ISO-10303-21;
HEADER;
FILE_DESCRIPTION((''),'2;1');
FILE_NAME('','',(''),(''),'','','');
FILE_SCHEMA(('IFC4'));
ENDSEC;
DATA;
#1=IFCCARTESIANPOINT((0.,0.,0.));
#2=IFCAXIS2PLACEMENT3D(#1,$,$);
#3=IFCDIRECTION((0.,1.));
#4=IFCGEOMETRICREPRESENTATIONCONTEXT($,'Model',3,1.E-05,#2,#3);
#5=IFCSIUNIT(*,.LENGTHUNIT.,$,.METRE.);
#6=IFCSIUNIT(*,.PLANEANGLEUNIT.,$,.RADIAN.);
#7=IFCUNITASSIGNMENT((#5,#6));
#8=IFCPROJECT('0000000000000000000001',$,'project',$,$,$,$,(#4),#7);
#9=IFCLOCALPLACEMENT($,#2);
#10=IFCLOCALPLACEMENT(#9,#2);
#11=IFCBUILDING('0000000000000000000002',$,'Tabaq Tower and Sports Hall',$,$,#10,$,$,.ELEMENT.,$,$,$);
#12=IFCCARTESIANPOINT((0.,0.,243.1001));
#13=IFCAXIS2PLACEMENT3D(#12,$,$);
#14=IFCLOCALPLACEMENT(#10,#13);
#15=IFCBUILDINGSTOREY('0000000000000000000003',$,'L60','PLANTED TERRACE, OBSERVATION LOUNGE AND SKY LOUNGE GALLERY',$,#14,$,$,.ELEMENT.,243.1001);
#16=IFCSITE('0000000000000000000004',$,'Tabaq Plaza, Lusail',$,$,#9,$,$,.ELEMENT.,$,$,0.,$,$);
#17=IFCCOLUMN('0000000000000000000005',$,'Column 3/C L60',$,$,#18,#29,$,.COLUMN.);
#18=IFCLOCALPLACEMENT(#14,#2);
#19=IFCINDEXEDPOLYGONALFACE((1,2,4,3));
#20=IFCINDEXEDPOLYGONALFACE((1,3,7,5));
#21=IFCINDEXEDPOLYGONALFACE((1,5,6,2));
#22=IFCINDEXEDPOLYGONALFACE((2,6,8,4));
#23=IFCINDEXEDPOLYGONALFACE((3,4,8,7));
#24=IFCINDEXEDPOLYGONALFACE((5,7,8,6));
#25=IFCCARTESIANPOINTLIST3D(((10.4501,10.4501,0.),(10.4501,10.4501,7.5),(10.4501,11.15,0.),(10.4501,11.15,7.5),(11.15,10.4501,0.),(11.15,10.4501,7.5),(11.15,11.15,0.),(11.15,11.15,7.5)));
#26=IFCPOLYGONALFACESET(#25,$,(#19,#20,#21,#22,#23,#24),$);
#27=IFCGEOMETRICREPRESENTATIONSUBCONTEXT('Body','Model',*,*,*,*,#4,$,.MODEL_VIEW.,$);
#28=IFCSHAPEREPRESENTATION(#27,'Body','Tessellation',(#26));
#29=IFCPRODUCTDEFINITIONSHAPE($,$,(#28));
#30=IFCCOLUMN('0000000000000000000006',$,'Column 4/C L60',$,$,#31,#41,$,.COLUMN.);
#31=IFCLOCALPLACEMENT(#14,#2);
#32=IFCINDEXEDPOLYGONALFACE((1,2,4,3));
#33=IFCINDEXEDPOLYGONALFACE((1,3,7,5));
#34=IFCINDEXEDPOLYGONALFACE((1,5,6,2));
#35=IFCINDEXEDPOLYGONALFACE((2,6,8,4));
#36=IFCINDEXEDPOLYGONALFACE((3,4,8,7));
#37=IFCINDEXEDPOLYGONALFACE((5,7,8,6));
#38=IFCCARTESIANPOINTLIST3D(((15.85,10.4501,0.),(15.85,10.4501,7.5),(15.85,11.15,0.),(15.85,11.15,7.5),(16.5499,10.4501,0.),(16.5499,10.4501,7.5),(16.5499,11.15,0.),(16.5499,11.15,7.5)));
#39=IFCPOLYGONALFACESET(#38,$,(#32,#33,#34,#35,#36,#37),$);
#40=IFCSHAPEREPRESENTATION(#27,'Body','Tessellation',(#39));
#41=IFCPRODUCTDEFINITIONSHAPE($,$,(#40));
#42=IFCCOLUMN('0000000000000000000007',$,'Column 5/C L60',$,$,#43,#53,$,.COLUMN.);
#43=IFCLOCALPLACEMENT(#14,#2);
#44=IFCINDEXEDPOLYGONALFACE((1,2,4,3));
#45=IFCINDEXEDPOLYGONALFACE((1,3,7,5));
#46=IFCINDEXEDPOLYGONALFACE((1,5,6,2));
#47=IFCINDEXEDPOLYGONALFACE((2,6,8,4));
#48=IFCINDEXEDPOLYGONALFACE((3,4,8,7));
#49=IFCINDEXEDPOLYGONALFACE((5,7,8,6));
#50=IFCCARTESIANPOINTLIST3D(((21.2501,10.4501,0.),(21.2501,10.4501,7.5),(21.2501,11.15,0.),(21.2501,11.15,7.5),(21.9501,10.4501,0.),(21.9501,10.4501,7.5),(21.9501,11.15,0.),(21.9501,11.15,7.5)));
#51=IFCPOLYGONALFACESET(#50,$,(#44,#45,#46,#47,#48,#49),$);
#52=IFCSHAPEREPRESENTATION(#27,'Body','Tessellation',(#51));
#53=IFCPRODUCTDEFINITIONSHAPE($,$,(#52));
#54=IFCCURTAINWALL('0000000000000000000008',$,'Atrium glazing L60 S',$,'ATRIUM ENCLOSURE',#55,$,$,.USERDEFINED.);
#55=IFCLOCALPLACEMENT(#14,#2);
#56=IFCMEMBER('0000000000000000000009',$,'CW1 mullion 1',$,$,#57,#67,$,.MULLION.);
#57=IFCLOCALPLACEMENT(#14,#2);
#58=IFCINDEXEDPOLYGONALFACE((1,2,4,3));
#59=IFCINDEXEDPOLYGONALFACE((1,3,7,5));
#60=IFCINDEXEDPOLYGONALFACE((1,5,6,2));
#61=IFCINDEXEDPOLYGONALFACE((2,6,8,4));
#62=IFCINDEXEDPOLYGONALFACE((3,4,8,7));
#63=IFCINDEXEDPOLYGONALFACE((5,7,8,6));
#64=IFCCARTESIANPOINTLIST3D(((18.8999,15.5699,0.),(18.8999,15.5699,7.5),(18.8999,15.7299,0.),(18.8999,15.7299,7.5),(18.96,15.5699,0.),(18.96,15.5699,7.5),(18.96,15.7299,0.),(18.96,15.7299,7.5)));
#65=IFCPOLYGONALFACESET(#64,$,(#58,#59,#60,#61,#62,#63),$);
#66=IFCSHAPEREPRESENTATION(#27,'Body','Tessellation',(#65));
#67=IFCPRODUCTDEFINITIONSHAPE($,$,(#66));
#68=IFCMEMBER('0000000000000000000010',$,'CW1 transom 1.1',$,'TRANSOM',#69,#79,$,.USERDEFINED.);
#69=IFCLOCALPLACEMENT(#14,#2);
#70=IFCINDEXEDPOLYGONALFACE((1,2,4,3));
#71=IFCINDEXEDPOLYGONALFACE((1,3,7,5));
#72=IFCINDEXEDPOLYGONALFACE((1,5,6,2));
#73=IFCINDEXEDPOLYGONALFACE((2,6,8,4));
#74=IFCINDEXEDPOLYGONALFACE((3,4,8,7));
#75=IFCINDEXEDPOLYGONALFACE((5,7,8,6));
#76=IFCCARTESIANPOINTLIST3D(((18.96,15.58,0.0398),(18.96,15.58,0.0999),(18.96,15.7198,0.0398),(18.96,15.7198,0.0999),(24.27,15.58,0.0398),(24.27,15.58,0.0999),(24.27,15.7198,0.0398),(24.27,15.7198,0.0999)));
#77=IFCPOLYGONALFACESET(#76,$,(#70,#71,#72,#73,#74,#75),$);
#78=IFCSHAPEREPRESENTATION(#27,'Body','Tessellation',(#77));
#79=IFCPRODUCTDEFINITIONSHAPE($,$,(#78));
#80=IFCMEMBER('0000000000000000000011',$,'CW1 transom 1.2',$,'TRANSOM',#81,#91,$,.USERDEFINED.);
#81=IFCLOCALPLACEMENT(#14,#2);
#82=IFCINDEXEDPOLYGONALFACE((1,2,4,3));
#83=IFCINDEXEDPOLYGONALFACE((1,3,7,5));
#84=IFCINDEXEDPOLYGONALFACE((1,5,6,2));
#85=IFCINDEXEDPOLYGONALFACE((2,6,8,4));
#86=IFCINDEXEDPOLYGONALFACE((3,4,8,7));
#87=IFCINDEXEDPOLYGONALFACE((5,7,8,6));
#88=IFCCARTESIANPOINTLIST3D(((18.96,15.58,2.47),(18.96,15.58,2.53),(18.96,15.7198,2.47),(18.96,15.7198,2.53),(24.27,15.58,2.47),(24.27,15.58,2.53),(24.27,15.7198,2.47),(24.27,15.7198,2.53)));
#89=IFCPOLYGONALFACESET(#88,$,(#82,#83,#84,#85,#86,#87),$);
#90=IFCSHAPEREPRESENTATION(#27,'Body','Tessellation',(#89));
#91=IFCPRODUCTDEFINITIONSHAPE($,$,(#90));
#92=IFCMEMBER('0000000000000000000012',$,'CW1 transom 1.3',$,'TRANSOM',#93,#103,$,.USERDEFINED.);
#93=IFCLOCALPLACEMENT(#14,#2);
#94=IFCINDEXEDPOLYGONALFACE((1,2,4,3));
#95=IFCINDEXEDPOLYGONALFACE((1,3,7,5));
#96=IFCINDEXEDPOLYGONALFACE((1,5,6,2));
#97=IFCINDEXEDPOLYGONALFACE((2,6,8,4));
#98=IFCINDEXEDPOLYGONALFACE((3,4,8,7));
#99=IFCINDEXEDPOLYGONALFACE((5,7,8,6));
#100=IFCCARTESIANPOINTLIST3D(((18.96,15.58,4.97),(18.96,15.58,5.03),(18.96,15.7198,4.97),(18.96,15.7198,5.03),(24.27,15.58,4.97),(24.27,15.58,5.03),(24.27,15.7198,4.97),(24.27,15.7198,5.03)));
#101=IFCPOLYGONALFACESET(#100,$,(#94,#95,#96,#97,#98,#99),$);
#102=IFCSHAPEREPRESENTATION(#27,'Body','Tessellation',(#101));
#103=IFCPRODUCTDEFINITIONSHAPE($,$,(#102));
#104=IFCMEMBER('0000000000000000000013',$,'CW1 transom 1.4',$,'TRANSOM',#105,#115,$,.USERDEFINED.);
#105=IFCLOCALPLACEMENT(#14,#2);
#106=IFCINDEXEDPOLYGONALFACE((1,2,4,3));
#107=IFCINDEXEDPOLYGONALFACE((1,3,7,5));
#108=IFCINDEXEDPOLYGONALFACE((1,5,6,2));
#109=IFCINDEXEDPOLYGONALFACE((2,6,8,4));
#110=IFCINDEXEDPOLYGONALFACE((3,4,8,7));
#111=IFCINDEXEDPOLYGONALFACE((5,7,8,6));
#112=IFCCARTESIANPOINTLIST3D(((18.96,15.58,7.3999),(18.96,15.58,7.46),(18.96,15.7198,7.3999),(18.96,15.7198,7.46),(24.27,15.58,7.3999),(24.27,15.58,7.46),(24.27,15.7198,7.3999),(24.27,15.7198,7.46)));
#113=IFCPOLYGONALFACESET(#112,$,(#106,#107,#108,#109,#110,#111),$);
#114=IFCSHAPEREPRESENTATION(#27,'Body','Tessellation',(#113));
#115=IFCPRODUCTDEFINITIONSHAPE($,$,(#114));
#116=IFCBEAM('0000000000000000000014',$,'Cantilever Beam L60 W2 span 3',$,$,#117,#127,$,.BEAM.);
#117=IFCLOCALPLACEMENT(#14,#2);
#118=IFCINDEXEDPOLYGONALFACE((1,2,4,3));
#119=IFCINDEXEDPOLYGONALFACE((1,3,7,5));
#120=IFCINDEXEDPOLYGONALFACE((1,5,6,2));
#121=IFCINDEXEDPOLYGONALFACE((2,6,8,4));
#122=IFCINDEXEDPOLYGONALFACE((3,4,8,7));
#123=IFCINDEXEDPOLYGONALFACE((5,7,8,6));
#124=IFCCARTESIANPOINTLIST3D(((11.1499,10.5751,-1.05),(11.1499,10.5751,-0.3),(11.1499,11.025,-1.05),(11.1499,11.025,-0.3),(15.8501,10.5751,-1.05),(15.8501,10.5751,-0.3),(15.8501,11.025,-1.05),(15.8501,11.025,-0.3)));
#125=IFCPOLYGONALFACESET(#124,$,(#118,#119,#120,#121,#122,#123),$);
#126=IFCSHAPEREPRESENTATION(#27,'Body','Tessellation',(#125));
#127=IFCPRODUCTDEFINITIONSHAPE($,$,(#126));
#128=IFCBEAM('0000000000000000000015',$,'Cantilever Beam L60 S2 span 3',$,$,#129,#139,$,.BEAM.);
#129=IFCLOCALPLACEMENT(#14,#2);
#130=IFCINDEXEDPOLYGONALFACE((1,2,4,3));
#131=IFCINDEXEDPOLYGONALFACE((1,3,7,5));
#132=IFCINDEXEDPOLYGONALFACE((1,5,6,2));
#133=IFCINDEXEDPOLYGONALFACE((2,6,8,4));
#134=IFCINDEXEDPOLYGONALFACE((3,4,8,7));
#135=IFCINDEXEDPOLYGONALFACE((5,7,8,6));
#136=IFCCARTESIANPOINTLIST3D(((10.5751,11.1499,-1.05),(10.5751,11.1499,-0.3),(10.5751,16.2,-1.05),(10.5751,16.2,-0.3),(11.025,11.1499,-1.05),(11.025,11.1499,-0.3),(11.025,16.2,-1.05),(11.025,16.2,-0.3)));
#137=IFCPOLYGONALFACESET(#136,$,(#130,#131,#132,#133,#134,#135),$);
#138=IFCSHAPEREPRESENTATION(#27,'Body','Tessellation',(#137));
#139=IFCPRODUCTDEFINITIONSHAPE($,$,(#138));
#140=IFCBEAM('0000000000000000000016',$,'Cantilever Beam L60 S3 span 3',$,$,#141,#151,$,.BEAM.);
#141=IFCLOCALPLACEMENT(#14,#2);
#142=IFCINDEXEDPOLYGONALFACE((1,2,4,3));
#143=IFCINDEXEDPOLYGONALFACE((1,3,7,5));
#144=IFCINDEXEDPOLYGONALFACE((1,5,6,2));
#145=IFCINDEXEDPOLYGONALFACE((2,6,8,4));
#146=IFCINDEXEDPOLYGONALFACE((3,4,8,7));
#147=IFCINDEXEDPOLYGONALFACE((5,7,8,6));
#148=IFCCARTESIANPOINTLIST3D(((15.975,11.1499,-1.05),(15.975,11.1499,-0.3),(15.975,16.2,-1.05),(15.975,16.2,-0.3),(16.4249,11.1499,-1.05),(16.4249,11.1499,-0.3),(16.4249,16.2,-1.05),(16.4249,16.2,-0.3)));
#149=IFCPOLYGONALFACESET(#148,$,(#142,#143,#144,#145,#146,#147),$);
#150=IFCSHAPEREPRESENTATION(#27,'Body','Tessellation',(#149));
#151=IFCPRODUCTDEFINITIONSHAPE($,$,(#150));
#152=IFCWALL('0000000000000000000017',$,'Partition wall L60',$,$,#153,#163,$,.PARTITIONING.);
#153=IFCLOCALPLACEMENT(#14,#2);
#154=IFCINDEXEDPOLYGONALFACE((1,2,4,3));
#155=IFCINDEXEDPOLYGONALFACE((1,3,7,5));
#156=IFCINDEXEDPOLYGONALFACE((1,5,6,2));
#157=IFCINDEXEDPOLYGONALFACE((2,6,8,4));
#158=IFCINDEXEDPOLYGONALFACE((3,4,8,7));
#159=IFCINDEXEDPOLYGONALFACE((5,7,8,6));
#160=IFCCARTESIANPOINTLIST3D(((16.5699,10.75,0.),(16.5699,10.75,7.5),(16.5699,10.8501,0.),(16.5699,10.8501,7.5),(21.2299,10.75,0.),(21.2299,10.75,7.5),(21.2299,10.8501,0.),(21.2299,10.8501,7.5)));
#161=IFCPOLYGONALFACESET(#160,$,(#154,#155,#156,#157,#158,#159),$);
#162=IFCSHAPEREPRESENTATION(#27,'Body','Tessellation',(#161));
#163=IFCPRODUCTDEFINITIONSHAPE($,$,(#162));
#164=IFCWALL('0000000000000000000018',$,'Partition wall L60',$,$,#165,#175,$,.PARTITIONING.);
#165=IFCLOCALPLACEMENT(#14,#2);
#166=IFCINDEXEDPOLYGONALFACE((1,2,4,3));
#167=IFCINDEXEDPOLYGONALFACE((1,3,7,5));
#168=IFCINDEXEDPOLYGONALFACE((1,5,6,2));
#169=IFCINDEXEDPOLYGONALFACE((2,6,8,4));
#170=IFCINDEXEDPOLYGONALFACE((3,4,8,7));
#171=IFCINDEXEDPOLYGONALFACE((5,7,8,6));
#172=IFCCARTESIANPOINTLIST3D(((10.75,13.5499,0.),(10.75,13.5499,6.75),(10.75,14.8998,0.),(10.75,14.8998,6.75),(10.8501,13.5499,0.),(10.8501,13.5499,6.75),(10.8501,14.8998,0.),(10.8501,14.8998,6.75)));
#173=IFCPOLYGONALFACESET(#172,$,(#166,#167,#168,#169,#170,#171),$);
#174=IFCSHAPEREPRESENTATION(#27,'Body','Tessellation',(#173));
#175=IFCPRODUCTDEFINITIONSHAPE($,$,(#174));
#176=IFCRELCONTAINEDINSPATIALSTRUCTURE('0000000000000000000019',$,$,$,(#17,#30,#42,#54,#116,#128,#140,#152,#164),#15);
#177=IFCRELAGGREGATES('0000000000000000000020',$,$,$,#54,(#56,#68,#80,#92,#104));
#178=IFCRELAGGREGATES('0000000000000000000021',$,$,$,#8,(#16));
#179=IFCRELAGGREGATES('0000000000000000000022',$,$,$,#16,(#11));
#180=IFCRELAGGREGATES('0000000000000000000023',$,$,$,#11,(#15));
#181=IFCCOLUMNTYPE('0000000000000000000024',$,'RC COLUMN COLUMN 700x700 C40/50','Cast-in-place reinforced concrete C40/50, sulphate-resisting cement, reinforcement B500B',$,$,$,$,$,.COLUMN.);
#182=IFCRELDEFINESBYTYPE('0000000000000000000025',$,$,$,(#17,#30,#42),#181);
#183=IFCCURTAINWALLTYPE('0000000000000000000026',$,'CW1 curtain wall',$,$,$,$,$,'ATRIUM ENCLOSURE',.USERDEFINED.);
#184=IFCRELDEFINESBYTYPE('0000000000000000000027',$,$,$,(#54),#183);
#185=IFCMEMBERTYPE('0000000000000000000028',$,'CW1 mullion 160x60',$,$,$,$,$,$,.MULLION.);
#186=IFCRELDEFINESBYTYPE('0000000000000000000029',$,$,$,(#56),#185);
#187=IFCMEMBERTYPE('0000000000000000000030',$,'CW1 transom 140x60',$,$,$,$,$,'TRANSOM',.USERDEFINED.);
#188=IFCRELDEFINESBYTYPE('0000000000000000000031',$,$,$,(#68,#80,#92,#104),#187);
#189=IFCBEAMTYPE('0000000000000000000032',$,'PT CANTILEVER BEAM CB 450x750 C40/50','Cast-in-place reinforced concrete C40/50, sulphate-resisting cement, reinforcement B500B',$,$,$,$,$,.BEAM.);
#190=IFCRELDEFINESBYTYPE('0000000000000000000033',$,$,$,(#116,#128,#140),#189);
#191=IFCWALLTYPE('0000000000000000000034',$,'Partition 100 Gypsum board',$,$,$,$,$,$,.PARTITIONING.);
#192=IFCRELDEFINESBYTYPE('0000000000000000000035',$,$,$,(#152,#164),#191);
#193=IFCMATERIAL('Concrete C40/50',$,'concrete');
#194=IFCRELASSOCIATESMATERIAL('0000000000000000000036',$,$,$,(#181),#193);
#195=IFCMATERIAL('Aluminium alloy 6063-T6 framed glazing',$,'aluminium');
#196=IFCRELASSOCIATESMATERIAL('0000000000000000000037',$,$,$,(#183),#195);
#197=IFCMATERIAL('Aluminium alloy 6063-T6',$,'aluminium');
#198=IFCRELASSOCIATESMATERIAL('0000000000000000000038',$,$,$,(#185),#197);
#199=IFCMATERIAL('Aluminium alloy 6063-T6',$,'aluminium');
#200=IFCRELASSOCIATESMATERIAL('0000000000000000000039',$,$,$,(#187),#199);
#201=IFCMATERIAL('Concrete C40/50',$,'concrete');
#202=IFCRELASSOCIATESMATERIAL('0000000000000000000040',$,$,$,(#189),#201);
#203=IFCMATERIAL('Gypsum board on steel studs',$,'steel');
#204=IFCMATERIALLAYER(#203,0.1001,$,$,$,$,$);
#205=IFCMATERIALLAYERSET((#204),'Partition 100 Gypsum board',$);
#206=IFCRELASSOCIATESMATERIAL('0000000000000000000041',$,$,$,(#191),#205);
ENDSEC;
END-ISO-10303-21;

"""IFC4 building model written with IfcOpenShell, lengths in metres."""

from ifc_helpers import new_model, si_unit, direction, frame, frame_2d, origin, origin_2d, place, context, subcontext, project, spatial, rectangle, extrude, material, layer, layer_set, material_profile, profile_set, type_object, element, aggregate, save


model = new_model("IFC4")

# Units and contexts
model_context = context("Model", 3, precision=1e-05, world=origin(), true_north=direction((0.0, 1.0)))
body_context = subcontext(model_context, "Body", "Model", "MODEL_VIEW")
ifc_project = project(units=[si_unit("LENGTHUNIT", "METRE"), si_unit("PLANEANGLEUNIT", "RADIAN")], contexts=[model_context])

# Site, building, storey
site_placement = place(None, origin())
site = spatial("IfcSite", under=ifc_project, at=site_placement, Name="Tabaq Plaza, Lusail", CompositionType="ELEMENT", RefElevation=0.0)
building_placement = place(site_placement, origin())
building = spatial("IfcBuilding", under=site, at=building_placement, Name="Tabaq Tower and Sports Hall", CompositionType="ELEMENT")
storey_placement = place(building_placement, frame((0.0, 0.0, 243.1001)))
storey = spatial("IfcBuildingStorey", under=building, at=storey_placement, Name="L60", Description="PLANTED TERRACE, OBSERVATION LOUNGE AND SKY LOUNGE GALLERY", CompositionType="ELEMENT", Elevation=243.1001)

# Columns
ifc_material_1 = material(Name="Concrete C40/50", Category="concrete")
ifc_material_profile_1 = material_profile(ifc_material_1, rectangle(XDim=0.7, YDim=0.7, at=origin_2d()), Name="COLUMN 700x700")
ifc_profile_set_1 = profile_set([ifc_material_profile_1], Name="Concrete C40/50")
column_type = type_object("IfcColumnType", Name="RC COLUMN COLUMN 700x700 C40/50", Description="Cast-in-place reinforced concrete C40/50, sulphate-resisting cement, reinforcement B500B", PredefinedType="COLUMN", material=ifc_profile_set_1)
for number, where, z_axis, x_axis, name in (
    (1, (10.8, 10.8, 0.0), (0.0, 0.0, 1.0), (1.0, 0.0, 0.0), "Column 3/C L60"),
    (2, (16.2, 10.8, 0.0), (0.0, 0.0, 1.0), (1.0, 0.0, 0.0), "Column 4/C L60"),
    (3, (21.6001, 10.8, 0.0), (0.0, 0.0, 1.0), (1.0, 0.0, 0.0), "Column 5/C L60"),
):
    element("IfcColumn", number, at=place(storey_placement, frame(where, z_axis=z_axis, x_axis=x_axis)), inside=storey, type_object=column_type, Name=name, PredefinedType="COLUMN", context=body_context, shape_type="SweptSolid", body=[
        extrude(rectangle(XDim=0.7, YDim=0.7, at=origin_2d()), origin(), (0.0, 0.0, 1.0), 7.5),
    ])

# Curtain wall, members
ifc_material_2 = material(Name="Aluminium alloy 6063-T6 framed glazing", Category="aluminium")
curtain_wall_type = type_object("IfcCurtainWallType", Name="CW1 curtain wall", ElementType="ATRIUM ENCLOSURE", PredefinedType="USERDEFINED", material=ifc_material_2)
curtain_wall_placement = place(storey_placement, origin())
curtain_wall = element("IfcCurtainWall", 4, at=curtain_wall_placement, inside=storey, type_object=curtain_wall_type, Name="Atrium glazing L60 S", ObjectType="ATRIUM ENCLOSURE", PredefinedType="USERDEFINED")
ifc_material_3 = material(Name="Aluminium alloy 6063-T6", Category="aluminium")
ifc_material_profile_2 = material_profile(ifc_material_3, rectangle(XDim=0.1599, YDim=0.0601, at=origin_2d()), Name="MULLION 160x60")
ifc_profile_set_2 = profile_set([ifc_material_profile_2], Name="Aluminium alloy 6063-T6")
member_type_1 = type_object("IfcMemberType", Name="CW1 mullion 160x60", PredefinedType="MULLION", material=ifc_profile_set_2)
member_1_placement = place(storey_placement, frame((18.9299, 15.6499, 0.0), z_axis=(0.0, 0.0, 1.0), x_axis=(0.0, 1.0, 0.0)))
member_1 = element("IfcMember", 5, at=member_1_placement, type_object=member_type_1, Name="CW1 mullion 1", PredefinedType="MULLION", context=body_context, shape_type="SweptSolid", body=[
    extrude(rectangle(XDim=0.1599, YDim=0.0601, at=origin_2d()), origin(), (0.0, 0.0, 1.0), 7.5),
])
ifc_material_4 = material(Name="Aluminium alloy 6063-T6", Category="aluminium")
ifc_material_profile_3 = material_profile(ifc_material_4, rectangle(XDim=0.1399, YDim=0.0601, at=origin_2d()), Name="TRANSOM 140x60")
ifc_profile_set_3 = profile_set([ifc_material_profile_3], Name="Aluminium alloy 6063-T6")
member_type_2 = type_object("IfcMemberType", Name="CW1 transom 140x60", ElementType="TRANSOM", PredefinedType="USERDEFINED", material=ifc_profile_set_3)
member_2_placement = place(storey_placement, frame((18.96, 15.6499, 0.0698), z_axis=(1.0, 0.0, 0.0), x_axis=(0.0, 1.0, 0.0)))
member_2 = element("IfcMember", 6, at=member_2_placement, type_object=member_type_2, Name="CW1 transom 1.1", ObjectType="TRANSOM", PredefinedType="USERDEFINED", context=body_context, shape_type="SweptSolid", body=[
    extrude(rectangle(XDim=0.1399, YDim=0.0601, at=origin_2d()), origin(), (0.0, 0.0, 1.0), 5.3101),
])
member_3_placement = place(storey_placement, frame((18.96, 15.6499, 2.5), z_axis=(1.0, 0.0, 0.0), x_axis=(0.0, 1.0, 0.0)))
member_3 = element("IfcMember", 7, at=member_3_placement, type_object=member_type_2, Name="CW1 transom 1.2", ObjectType="TRANSOM", PredefinedType="USERDEFINED", context=body_context, shape_type="SweptSolid", body=[
    extrude(rectangle(XDim=0.1399, YDim=0.0601, at=origin_2d()), origin(), (0.0, 0.0, 1.0), 5.3101),
])
member_4_placement = place(storey_placement, frame((18.96, 15.6499, 5.0), z_axis=(1.0, 0.0, 0.0), x_axis=(0.0, 1.0, 0.0)))
member_4 = element("IfcMember", 8, at=member_4_placement, type_object=member_type_2, Name="CW1 transom 1.3", ObjectType="TRANSOM", PredefinedType="USERDEFINED", context=body_context, shape_type="SweptSolid", body=[
    extrude(rectangle(XDim=0.1399, YDim=0.0601, at=origin_2d()), origin(), (0.0, 0.0, 1.0), 5.3101),
])
member_5_placement = place(storey_placement, frame((18.96, 15.6499, 7.4299), z_axis=(1.0, 0.0, 0.0), x_axis=(0.0, 1.0, 0.0)))
member_5 = element("IfcMember", 9, at=member_5_placement, type_object=member_type_2, Name="CW1 transom 1.4", ObjectType="TRANSOM", PredefinedType="USERDEFINED", context=body_context, shape_type="SweptSolid", body=[
    extrude(rectangle(XDim=0.1399, YDim=0.0601, at=origin_2d()), origin(), (0.0, 0.0, 1.0), 5.3101),
])
aggregate(curtain_wall, [member_1, member_2, member_3, member_4, member_5])

# Beams
ifc_material_5 = material(Name="Concrete C40/50", Category="concrete")
ifc_material_profile_4 = material_profile(ifc_material_5, rectangle(XDim=0.45, YDim=0.75, at=origin_2d()), Name="CB 450x750")
ifc_profile_set_4 = profile_set([ifc_material_profile_4], Name="Concrete C40/50")
beam_type = type_object("IfcBeamType", Name="PT CANTILEVER BEAM CB 450x750 C40/50", Description="Cast-in-place reinforced concrete C40/50, sulphate-resisting cement, reinforcement B500B", PredefinedType="BEAM", material=ifc_profile_set_4)
beam_placement = place(storey_placement, frame((11.1499, 10.8, -0.675), z_axis=(1.0, 0.0, 0.0), x_axis=(0.0, 1.0, 0.0)))
element("IfcBeam", 10, at=beam_placement, inside=storey, type_object=beam_type, Name="Cantilever Beam L60 W2 span 3", PredefinedType="BEAM", context=body_context, shape_type="SweptSolid", body=[
    extrude(rectangle(XDim=0.45, YDim=0.75, at=origin_2d()), origin(), (0.0, 0.0, 1.0), 4.7002),
])
for number, where, z_axis, x_axis, name in (
    (11, (10.8, 11.1499, -0.675), (0.0, 1.0, 0.0), (-1.0, 0.0, 0.0), "Cantilever Beam L60 S2 span 3"),
    (12, (16.2, 11.1499, -0.675), (0.0, 1.0, 0.0), (-1.0, 0.0, 0.0), "Cantilever Beam L60 S3 span 3"),
):
    element("IfcBeam", number, at=place(storey_placement, frame(where, z_axis=z_axis, x_axis=x_axis)), inside=storey, type_object=beam_type, Name=name, PredefinedType="BEAM", context=body_context, shape_type="SweptSolid", body=[
        extrude(rectangle(XDim=0.45, YDim=0.75, at=origin_2d()), origin(), (0.0, 0.0, 1.0), 5.05),
    ])

# Walls
ifc_material_6 = material(Name="Gypsum board on steel studs", Category="steel")
ifc_layer_1 = layer(ifc_material_6, 0.1001)
ifc_layer_set_1 = layer_set([ifc_layer_1], Name="Partition 100 Gypsum board")
wall_type_1 = type_object("IfcWallType", Name="Partition 100 Gypsum board", PredefinedType="PARTITIONING", material=ifc_layer_set_1)
wall_1_placement = place(storey_placement, frame((21.23, 10.8, 0.0), z_axis=(0.0, 0.0, 1.0), x_axis=(-1.0, 0.0, 0.0)))
element("IfcWall", 13, at=wall_1_placement, inside=storey, type_object=wall_type_1, Name="Partition wall L60", PredefinedType="PARTITIONING", context=body_context, shape_type="SweptSolid", body=[
    extrude(rectangle(XDim=4.6599, YDim=0.1001, at=frame_2d((2.3301, 0.0))), origin(), (0.0, 0.0, 1.0), 7.5),
])
wall_2_placement = place(storey_placement, frame((10.8, 13.55, 0.0), z_axis=(0.0, 0.0, 1.0), x_axis=(0.0, 1.0, 0.0)))
element("IfcWall", 14, at=wall_2_placement, inside=storey, type_object=wall_type_1, Name="Partition wall L60", PredefinedType="PARTITIONING", context=body_context, shape_type="SweptSolid", body=[
    extrude(rectangle(XDim=1.3499, YDim=0.1001, at=frame_2d((0.6748, 0.0))), origin(), (0.0, 0.0, 1.0), 6.75),
])

save(model, "model.ifc")
